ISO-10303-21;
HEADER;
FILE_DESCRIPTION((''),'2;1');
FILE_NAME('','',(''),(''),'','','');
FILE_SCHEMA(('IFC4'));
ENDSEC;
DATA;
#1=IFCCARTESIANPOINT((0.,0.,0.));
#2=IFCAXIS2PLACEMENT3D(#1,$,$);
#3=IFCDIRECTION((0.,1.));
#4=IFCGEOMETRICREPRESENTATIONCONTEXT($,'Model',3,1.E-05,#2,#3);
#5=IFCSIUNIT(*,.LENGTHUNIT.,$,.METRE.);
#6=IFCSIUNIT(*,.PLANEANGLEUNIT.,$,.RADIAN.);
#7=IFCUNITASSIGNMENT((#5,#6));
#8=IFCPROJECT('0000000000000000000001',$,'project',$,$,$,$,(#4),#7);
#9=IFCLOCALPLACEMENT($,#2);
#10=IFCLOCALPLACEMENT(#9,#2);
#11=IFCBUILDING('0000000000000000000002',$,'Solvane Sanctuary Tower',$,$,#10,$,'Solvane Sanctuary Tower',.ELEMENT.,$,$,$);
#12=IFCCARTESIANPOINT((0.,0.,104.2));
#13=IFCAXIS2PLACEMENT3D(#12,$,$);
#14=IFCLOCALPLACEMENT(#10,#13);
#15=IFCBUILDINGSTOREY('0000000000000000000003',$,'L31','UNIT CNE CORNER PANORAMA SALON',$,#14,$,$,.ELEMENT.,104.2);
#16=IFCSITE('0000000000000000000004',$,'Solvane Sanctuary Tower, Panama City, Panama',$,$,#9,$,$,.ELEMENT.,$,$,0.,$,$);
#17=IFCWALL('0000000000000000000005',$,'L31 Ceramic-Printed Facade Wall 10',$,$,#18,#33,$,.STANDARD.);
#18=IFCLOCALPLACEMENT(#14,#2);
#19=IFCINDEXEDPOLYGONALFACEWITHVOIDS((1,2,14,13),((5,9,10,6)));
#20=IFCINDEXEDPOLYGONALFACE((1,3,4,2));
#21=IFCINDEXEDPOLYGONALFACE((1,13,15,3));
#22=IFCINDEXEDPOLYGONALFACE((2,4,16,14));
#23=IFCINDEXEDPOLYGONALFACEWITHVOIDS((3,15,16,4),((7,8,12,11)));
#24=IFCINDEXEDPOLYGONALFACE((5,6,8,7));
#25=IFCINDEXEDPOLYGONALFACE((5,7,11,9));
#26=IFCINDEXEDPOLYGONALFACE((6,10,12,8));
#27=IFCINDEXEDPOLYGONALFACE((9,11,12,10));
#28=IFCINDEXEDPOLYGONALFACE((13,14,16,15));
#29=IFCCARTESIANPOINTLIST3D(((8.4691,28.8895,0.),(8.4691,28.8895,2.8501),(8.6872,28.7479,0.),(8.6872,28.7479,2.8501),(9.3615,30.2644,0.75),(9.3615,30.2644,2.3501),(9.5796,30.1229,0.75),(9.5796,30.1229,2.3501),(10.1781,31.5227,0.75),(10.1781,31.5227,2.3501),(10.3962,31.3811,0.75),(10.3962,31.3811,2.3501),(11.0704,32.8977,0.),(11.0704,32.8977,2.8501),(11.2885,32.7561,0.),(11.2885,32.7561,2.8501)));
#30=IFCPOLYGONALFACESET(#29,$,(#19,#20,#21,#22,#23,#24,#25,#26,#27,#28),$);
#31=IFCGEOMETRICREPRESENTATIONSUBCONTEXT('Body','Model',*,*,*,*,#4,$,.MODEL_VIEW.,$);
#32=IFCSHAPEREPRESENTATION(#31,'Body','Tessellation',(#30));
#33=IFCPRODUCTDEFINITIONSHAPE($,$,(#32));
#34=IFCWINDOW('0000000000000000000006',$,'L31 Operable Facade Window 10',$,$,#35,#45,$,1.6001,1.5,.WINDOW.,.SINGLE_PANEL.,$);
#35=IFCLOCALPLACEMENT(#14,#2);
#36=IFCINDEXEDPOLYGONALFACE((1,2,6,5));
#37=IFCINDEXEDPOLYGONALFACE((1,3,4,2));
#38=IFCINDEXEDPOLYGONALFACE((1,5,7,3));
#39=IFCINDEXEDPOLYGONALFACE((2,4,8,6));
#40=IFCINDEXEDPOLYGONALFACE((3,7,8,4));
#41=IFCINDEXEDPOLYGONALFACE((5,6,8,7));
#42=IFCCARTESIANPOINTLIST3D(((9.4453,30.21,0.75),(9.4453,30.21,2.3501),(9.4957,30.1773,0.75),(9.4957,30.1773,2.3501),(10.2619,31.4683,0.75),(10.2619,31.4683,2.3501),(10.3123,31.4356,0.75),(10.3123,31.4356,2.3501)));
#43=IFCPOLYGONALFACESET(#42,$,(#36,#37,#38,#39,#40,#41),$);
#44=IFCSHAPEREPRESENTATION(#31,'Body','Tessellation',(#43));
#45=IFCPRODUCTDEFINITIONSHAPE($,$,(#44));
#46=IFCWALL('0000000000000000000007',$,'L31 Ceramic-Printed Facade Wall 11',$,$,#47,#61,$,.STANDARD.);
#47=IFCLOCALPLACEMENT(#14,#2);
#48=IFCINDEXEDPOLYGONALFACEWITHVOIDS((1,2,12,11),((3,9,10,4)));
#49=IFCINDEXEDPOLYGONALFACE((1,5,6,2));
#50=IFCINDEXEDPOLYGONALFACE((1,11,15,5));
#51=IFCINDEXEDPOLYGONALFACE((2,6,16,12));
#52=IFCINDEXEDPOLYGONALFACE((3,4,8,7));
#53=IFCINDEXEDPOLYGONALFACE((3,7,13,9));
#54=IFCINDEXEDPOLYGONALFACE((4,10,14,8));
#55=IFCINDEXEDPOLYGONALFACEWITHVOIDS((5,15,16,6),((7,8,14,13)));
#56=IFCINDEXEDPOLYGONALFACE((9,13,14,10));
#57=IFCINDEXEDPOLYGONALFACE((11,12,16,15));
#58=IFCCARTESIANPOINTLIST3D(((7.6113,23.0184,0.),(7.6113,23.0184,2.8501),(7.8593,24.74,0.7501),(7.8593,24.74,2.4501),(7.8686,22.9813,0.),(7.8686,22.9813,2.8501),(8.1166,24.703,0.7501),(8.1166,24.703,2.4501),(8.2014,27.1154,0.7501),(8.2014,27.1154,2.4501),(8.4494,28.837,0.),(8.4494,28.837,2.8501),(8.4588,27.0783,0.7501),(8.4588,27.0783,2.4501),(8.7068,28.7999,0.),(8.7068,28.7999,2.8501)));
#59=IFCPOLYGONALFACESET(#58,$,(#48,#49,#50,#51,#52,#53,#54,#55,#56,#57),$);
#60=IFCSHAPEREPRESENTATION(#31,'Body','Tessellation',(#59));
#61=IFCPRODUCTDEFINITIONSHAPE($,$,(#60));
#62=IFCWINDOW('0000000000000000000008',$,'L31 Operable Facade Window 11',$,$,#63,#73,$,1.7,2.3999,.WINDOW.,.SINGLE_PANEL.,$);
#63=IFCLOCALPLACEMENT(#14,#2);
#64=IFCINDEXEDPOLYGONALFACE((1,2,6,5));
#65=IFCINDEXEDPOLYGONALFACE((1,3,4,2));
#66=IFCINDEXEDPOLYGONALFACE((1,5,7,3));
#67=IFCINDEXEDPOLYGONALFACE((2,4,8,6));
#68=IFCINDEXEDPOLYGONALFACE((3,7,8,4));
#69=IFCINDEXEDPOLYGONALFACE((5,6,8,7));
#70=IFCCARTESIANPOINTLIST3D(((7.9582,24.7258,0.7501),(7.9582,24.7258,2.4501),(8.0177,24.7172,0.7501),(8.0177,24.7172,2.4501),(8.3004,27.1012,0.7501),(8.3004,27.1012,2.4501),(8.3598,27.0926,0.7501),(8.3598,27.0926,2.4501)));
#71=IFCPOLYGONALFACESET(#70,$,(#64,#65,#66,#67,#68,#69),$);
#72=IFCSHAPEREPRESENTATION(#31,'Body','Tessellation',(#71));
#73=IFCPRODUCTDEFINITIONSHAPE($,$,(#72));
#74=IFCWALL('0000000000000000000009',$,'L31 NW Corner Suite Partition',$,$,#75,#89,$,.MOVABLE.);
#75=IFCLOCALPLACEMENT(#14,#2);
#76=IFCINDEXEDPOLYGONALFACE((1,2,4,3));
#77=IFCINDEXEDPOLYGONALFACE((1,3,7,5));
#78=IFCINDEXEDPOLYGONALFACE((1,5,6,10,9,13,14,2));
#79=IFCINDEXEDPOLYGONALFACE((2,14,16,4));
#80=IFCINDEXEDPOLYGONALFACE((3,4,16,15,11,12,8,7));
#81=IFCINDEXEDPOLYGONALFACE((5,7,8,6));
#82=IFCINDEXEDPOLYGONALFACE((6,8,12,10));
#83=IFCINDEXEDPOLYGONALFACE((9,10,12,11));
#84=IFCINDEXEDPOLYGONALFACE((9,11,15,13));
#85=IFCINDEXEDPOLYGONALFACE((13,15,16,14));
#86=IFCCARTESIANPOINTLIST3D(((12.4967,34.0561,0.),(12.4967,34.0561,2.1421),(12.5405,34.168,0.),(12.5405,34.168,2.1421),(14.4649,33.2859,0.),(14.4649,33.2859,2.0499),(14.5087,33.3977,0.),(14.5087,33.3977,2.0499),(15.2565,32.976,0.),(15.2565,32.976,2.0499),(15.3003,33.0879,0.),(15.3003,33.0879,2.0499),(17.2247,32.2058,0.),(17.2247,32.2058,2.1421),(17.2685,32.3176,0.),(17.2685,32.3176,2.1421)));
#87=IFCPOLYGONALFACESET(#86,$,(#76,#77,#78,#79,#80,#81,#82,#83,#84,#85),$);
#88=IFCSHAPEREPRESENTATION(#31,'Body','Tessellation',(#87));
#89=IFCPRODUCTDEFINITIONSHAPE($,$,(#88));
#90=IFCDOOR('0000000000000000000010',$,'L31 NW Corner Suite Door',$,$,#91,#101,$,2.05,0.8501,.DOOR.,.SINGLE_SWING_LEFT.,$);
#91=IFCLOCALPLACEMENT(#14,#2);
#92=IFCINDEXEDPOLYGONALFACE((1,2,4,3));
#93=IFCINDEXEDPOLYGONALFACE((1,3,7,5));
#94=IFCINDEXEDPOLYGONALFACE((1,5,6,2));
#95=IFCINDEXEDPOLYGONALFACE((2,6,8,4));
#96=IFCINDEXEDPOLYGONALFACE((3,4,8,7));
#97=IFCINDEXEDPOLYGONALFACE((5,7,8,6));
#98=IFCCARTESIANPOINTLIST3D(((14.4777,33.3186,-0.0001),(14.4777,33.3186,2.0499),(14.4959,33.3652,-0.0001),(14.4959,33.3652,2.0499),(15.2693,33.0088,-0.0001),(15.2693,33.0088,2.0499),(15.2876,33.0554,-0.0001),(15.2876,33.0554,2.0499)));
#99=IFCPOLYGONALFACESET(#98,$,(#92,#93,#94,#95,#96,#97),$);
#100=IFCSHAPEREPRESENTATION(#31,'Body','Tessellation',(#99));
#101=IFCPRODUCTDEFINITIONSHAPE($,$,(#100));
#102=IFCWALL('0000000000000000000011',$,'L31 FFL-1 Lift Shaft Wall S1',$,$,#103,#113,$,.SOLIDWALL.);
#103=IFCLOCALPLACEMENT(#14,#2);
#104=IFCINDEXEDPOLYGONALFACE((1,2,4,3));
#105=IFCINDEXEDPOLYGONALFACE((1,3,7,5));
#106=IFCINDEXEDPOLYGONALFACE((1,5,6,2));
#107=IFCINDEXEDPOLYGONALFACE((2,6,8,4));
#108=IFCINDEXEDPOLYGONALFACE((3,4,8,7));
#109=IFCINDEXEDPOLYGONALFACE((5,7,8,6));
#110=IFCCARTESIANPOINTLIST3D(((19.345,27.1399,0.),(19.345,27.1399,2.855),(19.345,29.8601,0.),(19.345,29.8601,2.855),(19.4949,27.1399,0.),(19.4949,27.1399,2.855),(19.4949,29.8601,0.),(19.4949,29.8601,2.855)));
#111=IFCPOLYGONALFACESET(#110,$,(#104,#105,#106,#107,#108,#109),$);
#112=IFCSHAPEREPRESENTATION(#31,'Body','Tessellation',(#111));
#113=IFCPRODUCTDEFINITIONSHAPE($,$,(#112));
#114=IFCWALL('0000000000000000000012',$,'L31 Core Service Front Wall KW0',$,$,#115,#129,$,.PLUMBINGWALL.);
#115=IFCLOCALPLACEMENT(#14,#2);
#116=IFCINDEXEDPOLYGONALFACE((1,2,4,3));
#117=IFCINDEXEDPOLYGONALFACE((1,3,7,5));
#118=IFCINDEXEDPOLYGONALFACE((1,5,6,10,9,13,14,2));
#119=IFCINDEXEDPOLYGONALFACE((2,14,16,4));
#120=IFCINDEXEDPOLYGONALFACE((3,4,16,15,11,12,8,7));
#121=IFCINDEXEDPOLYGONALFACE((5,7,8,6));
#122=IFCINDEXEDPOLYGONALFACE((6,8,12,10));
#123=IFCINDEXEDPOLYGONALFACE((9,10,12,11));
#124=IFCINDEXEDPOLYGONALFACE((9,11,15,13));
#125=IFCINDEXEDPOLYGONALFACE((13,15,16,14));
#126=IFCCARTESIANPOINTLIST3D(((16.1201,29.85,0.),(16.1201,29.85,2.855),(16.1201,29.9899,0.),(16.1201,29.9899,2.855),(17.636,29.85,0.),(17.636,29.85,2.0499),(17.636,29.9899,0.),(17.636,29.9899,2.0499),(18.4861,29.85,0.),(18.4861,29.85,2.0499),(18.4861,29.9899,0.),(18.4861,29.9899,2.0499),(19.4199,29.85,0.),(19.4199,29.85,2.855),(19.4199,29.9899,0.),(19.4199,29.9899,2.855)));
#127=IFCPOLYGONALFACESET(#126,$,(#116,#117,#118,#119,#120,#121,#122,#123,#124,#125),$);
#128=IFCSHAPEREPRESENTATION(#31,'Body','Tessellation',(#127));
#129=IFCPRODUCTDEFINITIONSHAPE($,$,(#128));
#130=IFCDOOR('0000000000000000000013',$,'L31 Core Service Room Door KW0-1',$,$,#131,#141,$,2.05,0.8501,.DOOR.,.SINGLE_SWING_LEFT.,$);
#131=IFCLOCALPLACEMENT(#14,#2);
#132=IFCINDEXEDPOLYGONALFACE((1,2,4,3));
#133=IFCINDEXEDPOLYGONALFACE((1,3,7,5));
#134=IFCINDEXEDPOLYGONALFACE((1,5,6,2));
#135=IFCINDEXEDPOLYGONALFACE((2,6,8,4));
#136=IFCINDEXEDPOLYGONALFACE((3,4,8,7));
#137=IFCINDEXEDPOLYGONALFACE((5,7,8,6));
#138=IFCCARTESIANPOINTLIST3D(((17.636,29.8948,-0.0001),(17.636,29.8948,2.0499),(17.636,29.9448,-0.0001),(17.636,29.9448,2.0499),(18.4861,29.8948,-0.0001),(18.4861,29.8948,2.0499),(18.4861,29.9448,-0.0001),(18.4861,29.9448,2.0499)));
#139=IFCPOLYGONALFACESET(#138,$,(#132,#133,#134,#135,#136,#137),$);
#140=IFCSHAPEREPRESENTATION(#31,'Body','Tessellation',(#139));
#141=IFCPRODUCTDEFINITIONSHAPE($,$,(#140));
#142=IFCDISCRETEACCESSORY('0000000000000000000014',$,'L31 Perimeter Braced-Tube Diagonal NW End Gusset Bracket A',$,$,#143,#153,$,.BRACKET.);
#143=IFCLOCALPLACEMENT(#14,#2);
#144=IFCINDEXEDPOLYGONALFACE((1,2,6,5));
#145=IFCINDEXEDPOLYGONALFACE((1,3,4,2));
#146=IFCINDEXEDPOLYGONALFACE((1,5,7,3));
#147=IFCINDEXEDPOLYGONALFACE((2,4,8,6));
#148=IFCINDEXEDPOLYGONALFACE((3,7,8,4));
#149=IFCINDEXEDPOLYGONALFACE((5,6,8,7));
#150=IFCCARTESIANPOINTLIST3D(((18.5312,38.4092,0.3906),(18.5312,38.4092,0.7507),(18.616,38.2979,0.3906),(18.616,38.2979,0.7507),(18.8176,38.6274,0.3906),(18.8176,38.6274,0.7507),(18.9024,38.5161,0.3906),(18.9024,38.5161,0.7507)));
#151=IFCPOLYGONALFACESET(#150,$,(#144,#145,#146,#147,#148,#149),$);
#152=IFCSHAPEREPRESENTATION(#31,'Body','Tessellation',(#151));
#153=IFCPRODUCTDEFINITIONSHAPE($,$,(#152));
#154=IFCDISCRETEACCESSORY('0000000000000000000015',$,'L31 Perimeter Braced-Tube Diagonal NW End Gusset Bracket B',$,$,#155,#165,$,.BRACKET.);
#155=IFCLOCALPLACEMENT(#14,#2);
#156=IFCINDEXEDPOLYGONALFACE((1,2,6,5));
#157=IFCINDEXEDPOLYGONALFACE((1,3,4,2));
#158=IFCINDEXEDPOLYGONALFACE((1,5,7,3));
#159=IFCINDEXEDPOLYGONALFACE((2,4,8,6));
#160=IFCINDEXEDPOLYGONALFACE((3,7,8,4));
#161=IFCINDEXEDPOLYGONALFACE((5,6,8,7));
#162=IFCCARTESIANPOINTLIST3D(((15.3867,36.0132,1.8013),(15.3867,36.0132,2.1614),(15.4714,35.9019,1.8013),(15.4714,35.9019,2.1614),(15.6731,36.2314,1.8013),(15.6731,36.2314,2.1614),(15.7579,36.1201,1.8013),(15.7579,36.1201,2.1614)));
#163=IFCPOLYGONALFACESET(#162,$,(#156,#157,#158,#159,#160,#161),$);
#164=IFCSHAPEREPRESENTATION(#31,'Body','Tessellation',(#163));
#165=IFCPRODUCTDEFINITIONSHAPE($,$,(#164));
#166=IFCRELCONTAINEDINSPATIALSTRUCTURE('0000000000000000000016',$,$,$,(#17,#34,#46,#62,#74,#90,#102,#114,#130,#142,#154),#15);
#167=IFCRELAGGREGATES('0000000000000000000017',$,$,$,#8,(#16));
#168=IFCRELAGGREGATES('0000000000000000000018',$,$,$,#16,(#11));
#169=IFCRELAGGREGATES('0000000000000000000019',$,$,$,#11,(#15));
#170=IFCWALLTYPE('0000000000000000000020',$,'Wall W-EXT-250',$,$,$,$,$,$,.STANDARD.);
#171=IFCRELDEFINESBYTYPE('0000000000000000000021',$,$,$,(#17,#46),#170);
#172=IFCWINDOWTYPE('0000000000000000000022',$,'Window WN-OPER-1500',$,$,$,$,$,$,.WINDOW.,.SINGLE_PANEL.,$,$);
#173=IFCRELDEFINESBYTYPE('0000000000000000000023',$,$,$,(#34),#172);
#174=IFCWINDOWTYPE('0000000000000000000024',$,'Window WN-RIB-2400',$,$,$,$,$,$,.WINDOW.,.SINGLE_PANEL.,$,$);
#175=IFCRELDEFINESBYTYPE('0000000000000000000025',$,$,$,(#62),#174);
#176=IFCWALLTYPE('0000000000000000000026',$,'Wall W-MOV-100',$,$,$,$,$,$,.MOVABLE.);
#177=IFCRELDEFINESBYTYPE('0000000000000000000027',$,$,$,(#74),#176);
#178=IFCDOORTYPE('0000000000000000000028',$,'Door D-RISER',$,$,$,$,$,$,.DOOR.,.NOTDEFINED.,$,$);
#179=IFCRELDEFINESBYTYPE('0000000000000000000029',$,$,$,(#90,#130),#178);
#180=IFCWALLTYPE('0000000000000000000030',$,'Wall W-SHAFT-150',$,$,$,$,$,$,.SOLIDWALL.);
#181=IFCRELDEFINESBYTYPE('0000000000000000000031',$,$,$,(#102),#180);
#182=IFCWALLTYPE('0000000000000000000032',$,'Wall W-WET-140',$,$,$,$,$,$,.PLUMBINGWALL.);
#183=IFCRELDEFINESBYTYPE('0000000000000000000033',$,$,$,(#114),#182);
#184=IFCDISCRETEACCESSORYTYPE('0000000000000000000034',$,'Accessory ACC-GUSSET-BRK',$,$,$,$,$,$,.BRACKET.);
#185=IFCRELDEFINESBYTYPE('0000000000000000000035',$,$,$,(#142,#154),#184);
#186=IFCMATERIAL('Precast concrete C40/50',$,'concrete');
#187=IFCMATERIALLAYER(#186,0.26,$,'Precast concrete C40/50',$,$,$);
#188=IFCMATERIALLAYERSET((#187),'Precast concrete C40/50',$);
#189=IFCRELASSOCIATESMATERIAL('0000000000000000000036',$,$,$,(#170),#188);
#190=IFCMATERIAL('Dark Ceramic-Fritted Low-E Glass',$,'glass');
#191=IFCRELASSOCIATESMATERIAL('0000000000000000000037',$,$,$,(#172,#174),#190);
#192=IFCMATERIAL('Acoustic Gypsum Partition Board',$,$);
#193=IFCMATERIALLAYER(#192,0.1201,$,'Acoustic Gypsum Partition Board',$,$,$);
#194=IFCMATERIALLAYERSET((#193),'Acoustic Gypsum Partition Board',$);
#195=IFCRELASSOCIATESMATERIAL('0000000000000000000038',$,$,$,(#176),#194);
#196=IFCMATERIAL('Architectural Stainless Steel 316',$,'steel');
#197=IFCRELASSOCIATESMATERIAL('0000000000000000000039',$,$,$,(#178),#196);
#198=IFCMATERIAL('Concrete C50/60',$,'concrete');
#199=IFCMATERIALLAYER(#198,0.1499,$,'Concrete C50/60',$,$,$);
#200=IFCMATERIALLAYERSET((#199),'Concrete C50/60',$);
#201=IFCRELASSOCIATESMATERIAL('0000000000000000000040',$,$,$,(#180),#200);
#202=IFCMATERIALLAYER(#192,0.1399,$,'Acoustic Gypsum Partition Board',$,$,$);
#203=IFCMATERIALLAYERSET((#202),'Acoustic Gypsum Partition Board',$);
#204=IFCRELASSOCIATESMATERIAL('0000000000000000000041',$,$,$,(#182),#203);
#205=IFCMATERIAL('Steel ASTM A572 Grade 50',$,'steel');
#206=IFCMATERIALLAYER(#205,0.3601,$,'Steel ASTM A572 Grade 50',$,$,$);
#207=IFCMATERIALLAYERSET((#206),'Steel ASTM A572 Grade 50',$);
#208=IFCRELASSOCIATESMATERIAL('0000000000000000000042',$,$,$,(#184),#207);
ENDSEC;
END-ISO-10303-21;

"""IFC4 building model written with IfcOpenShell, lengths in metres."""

from ifc_helpers import new_model, si_unit, direction, frame, frame_2d, origin, origin_2d, place, context, subcontext, project, spatial, rectangle, extrude, material, layer, layer_set, type_object, element, fill, save


model = new_model("IFC4")

# Units and contexts
model_context = context("Model", 3, precision=1e-05, world=origin(), true_north=direction((0.0, 1.0)))
body_context = subcontext(model_context, "Body", "Model", "MODEL_VIEW")
ifc_project = project(units=[si_unit("LENGTHUNIT", "METRE"), si_unit("PLANEANGLEUNIT", "RADIAN")], contexts=[model_context])

# Site, building, storey
site_placement = place(None, origin())
site = spatial("IfcSite", under=ifc_project, at=site_placement, Name="Solvane Sanctuary Tower, Panama City, Panama", CompositionType="ELEMENT", RefElevation=0.0)
building_placement = place(site_placement, origin())
building = spatial("IfcBuilding", under=site, at=building_placement, Name="Solvane Sanctuary Tower", LongName="Solvane Sanctuary Tower", CompositionType="ELEMENT")
storey_placement = place(building_placement, frame((0.0, 0.0, 104.2)))
storey = spatial("IfcBuildingStorey", under=building, at=storey_placement, Name="L31", Description="UNIT CNE CORNER PANORAMA SALON", CompositionType="ELEMENT", Elevation=104.2)

# Shared definitions
ifc_material_1 = material(Name="Acoustic Gypsum Partition Board")

# Shared definitions
ifc_material_2 = material(Name="Precast concrete C40/50", Category="concrete")
ifc_layer_1 = layer(ifc_material_2, 0.26, Name="Precast concrete C40/50")
ifc_layer_set_1 = layer_set([ifc_layer_1], Name="Precast concrete C40/50")
wall_type_1 = type_object("IfcWallType", Name="Wall W-EXT-250", PredefinedType="STANDARD", material=ifc_layer_set_1)

# Walls, openings, windows
ifc_material_3 = material(Name="Dark Ceramic-Fritted Low-E Glass", Category="glass")
wall_1_placement = place(storey_placement, frame((11.1794, 32.8269, 0.0), z_axis=(0.0, 0.0, 1.0), x_axis=(-0.544388, -0.838833, 0.0)))
wall_1 = element("IfcWall", 1, at=wall_1_placement, inside=storey, type_object=wall_type_1, Name="L31 Ceramic-Printed Facade Wall 10", PredefinedType="STANDARD", context=body_context, shape_type="SweptSolid", body=[
    extrude(rectangle(XDim=4.7783, YDim=0.26, at=frame_2d((2.3892, 0.0))), origin(), (0.0, 0.0, 1.0), 2.8501),
])
opening_1_placement = place(wall_1_placement, frame((1.6392, 0.0, 0.75)))
opening_1 = element("IfcOpeningElement", 2, at=opening_1_placement, cuts=wall_1, PredefinedType="OPENING", context=body_context, shape_type="SweptSolid", body=[
    extrude(rectangle(XDim=1.5, YDim=1.6001, at=frame_2d((0.75, 0.8))), frame((0.0, 0.1399, 0.0), z_axis=(0.0, -1.0, 0.0), x_axis=(1.0, 0.0, 0.0)), (0.0, 0.0, 1.0), 0.28),
])
window_type_1 = type_object("IfcWindowType", Name="Window WN-OPER-1500", PartitioningType="SINGLE_PANEL", PredefinedType="WINDOW", material=ifc_material_3)
window_1_placement = place(opening_1_placement, origin())
window_1 = element("IfcWindow", 3, at=window_1_placement, inside=storey, type_object=window_type_1, Name="L31 Operable Facade Window 10", OverallHeight=1.6001, OverallWidth=1.5, PartitioningType="SINGLE_PANEL", PredefinedType="WINDOW", context=body_context, shape_type="SweptSolid", body=[
    extrude(rectangle(XDim=1.5, YDim=1.6001, at=frame_2d((0.75, 0.8))), frame((0.0, 0.03, 0.0), z_axis=(0.0, -1.0, 0.0), x_axis=(1.0, 0.0, 0.0)), (0.0, 0.0, 1.0), 0.0601),
])
fill(opening_1, window_1)
wall_2_placement = place(storey_placement, frame((8.5781, 28.8186, 0.0), z_axis=(0.0, 0.0, 1.0), x_axis=(-0.142572, -0.989784, 0.0)))
wall_2 = element("IfcWall", 4, at=wall_2_placement, inside=storey, type_object=wall_type_1, Name="L31 Ceramic-Printed Facade Wall 11", PredefinedType="STANDARD", context=body_context, shape_type="SweptSolid", body=[
    extrude(rectangle(XDim=5.8787, YDim=0.26, at=frame_2d((2.9395, 0.0))), origin(), (0.0, 0.0, 1.0), 2.8501),
])
opening_2_placement = place(wall_2_placement, frame((1.7395, 0.0, 0.75)))
opening_2 = element("IfcOpeningElement", 5, at=opening_2_placement, cuts=wall_2, PredefinedType="OPENING", context=body_context, shape_type="SweptSolid", body=[
    extrude(rectangle(XDim=2.3999, YDim=1.7, at=frame_2d((1.2, 0.8501))), frame((0.0, 0.1399, 0.0), z_axis=(0.0, -1.0, 0.0), x_axis=(1.0, 0.0, 0.0)), (0.0, 0.0, 1.0), 0.28),
])
window_type_2 = type_object("IfcWindowType", Name="Window WN-RIB-2400", PartitioningType="SINGLE_PANEL", PredefinedType="WINDOW", material=ifc_material_3)
window_2_placement = place(opening_2_placement, origin())
window_2 = element("IfcWindow", 6, at=window_2_placement, inside=storey, type_object=window_type_2, Name="L31 Operable Facade Window 11", OverallHeight=1.7, OverallWidth=2.3999, PartitioningType="SINGLE_PANEL", PredefinedType="WINDOW", context=body_context, shape_type="SweptSolid", body=[
    extrude(rectangle(XDim=2.3999, YDim=1.7, at=frame_2d((1.2, 0.8501))), frame((0.0, 0.03, 0.0), z_axis=(0.0, -1.0, 0.0), x_axis=(1.0, 0.0, 0.0)), (0.0, 0.0, 1.0), 0.0601),
])
fill(opening_2, window_2)

# Wall, opening, door
ifc_layer_2 = layer(ifc_material_1, 0.1201, Name="Acoustic Gypsum Partition Board")
ifc_layer_set_2 = layer_set([ifc_layer_2], Name="Acoustic Gypsum Partition Board")
wall_type_2 = type_object("IfcWallType", Name="Wall W-MOV-100", PredefinedType="MOVABLE", material=ifc_layer_set_2)
wall_3_placement = place(storey_placement, frame((17.2466, 32.2617, 0.0), z_axis=(0.0, 0.0, 1.0), x_axis=(-0.931226, 0.364441, 0.0)))
wall_3 = element("IfcWall", 7, at=wall_3_placement, inside=storey, type_object=wall_type_2, Name="L31 NW Corner Suite Partition", PredefinedType="MOVABLE", context=body_context, shape_type="SweptSolid", body=[
    extrude(rectangle(XDim=5.0771, YDim=0.1201, at=frame_2d((2.5386, 0.0))), origin(), (0.0, 0.0, 1.0), 2.1421),
])
opening_3_placement = place(wall_3_placement, frame((2.1135, 0.0, 0.0)))
opening_3 = element("IfcOpeningElement", 8, at=opening_3_placement, cuts=wall_3, PredefinedType="OPENING", context=body_context, shape_type="SweptSolid", body=[
    extrude(rectangle(XDim=0.8501, YDim=2.05, at=frame_2d((0.425, 1.0249))), frame((0.0, 0.0701, 0.0), z_axis=(0.0, -1.0, 0.0), x_axis=(1.0, 0.0, 0.0)), (0.0, 0.0, 1.0), 0.1401),
])
ifc_material_4 = material(Name="Architectural Stainless Steel 316", Category="steel")
door_type_1 = type_object("IfcDoorType", Name="Door D-RISER", OperationType="NOTDEFINED", PredefinedType="DOOR", material=ifc_material_4)
door_1_placement = place(opening_3_placement, origin())
door_1 = element("IfcDoor", 9, at=door_1_placement, inside=storey, type_object=door_type_1, Name="L31 NW Corner Suite Door", OperationType="SINGLE_SWING_LEFT", OverallHeight=2.05, OverallWidth=0.8501, PredefinedType="DOOR", context=body_context, shape_type="SweptSolid", body=[
    extrude(rectangle(XDim=0.8501, YDim=2.05, at=frame_2d((0.425, 1.0249))), frame((0.0, 0.0249, 0.0), z_axis=(0.0, -1.0, 0.0), x_axis=(1.0, 0.0, 0.0)), (0.0, 0.0, 1.0), 0.05),
])
fill(opening_3, door_1)

# Wall
ifc_material_5 = material(Name="Concrete C50/60", Category="concrete")
ifc_layer_3 = layer(ifc_material_5, 0.1499, Name="Concrete C50/60")
ifc_layer_set_3 = layer_set([ifc_layer_3], Name="Concrete C50/60")
wall_type_3 = type_object("IfcWallType", Name="Wall W-SHAFT-150", PredefinedType="SOLIDWALL", material=ifc_layer_set_3)
wall_4_placement = place(storey_placement, frame((19.4199, 27.1399, 0.0), z_axis=(0.0, 0.0, 1.0), x_axis=(0.0, 1.0, 0.0)))
element("IfcWall", 10, at=wall_4_placement, inside=storey, type_object=wall_type_3, Name="L31 FFL-1 Lift Shaft Wall S1", PredefinedType="SOLIDWALL", context=body_context, shape_type="SweptSolid", body=[
    extrude(rectangle(XDim=2.7202, YDim=0.1499, at=frame_2d((1.3601, 0.0))), origin(), (0.0, 0.0, 1.0), 2.855),
])

# Wall, opening, door
ifc_layer_4 = layer(ifc_material_1, 0.1399, Name="Acoustic Gypsum Partition Board")
ifc_layer_set_4 = layer_set([ifc_layer_4], Name="Acoustic Gypsum Partition Board")
wall_type_4 = type_object("IfcWallType", Name="Wall W-WET-140", PredefinedType="PLUMBINGWALL", material=ifc_layer_set_4)
wall_5_placement = place(storey_placement, frame((16.1201, 29.9199, 0.0), z_axis=(0.0, 0.0, 1.0), x_axis=(1.0, 0.0, 0.0)))
wall_5 = element("IfcWall", 11, at=wall_5_placement, inside=storey, type_object=wall_type_4, Name="L31 Core Service Front Wall KW0", PredefinedType="PLUMBINGWALL", context=body_context, shape_type="SweptSolid", body=[
    extrude(rectangle(XDim=3.2998, YDim=0.1399, at=frame_2d((1.6499, 0.0))), origin(), (0.0, 0.0, 1.0), 2.855),
])
opening_4_placement = place(wall_5_placement, frame((1.5159, 0.0, 0.0)))
opening_4 = element("IfcOpeningElement", 12, at=opening_4_placement, cuts=wall_5, PredefinedType="OPENING", context=body_context, shape_type="SweptSolid", body=[
    extrude(rectangle(XDim=0.8501, YDim=2.05, at=frame_2d((0.425, 1.0249))), frame((0.0, 0.0798, 0.0), z_axis=(0.0, -1.0, 0.0), x_axis=(1.0, 0.0, 0.0)), (0.0, 0.0, 1.0), 0.1599),
])
door_2_placement = place(opening_4_placement, origin())
door_2 = element("IfcDoor", 13, at=door_2_placement, inside=storey, type_object=door_type_1, Name="L31 Core Service Room Door KW0-1", OperationType="SINGLE_SWING_LEFT", OverallHeight=2.05, OverallWidth=0.8501, PredefinedType="DOOR", context=body_context, shape_type="SweptSolid", body=[
    extrude(rectangle(XDim=0.8501, YDim=2.05, at=frame_2d((0.425, 1.0249))), frame((0.0, 0.0249, 0.0), z_axis=(0.0, -1.0, 0.0), x_axis=(1.0, 0.0, 0.0)), (0.0, 0.0, 1.0), 0.05),
])
fill(opening_4, door_2)

# Discrete accessories
ifc_material_6 = material(Name="Steel ASTM A572 Grade 50", Category="steel")
ifc_layer_5 = layer(ifc_material_6, 0.3601, Name="Steel ASTM A572 Grade 50")
ifc_layer_set_5 = layer_set([ifc_layer_5], Name="Steel ASTM A572 Grade 50")
discrete_accessory_type = type_object("IfcDiscreteAccessoryType", Name="Accessory ACC-GUSSET-BRK", PredefinedType="BRACKET", material=ifc_layer_set_5)
for number, where, z_axis, x_axis, name in (
    (14, (18.7168, 38.4626, 0.3906), (0.0, 0.0, 1.0), (-0.795473, -0.605988, 0.0), "L31 Perimeter Braced-Tube Diagonal NW End Gusset Bracket A"),
    (15, (15.5723, 36.0667, 1.8013), (0.0, 0.0, 1.0), (-0.795473, -0.605988, 0.0), "L31 Perimeter Braced-Tube Diagonal NW End Gusset Bracket B"),
):
    element("IfcDiscreteAccessory", number, at=place(storey_placement, frame(where, z_axis=z_axis, x_axis=x_axis)), inside=storey, type_object=discrete_accessory_type, Name=name, PredefinedType="BRACKET", context=body_context, shape_type="SweptSolid", body=[
        extrude(rectangle(XDim=0.3601, YDim=0.1399, at=origin_2d()), origin(), (0.0, 0.0, 1.0), 0.3601),
    ])

save(model, "model.ifc")
